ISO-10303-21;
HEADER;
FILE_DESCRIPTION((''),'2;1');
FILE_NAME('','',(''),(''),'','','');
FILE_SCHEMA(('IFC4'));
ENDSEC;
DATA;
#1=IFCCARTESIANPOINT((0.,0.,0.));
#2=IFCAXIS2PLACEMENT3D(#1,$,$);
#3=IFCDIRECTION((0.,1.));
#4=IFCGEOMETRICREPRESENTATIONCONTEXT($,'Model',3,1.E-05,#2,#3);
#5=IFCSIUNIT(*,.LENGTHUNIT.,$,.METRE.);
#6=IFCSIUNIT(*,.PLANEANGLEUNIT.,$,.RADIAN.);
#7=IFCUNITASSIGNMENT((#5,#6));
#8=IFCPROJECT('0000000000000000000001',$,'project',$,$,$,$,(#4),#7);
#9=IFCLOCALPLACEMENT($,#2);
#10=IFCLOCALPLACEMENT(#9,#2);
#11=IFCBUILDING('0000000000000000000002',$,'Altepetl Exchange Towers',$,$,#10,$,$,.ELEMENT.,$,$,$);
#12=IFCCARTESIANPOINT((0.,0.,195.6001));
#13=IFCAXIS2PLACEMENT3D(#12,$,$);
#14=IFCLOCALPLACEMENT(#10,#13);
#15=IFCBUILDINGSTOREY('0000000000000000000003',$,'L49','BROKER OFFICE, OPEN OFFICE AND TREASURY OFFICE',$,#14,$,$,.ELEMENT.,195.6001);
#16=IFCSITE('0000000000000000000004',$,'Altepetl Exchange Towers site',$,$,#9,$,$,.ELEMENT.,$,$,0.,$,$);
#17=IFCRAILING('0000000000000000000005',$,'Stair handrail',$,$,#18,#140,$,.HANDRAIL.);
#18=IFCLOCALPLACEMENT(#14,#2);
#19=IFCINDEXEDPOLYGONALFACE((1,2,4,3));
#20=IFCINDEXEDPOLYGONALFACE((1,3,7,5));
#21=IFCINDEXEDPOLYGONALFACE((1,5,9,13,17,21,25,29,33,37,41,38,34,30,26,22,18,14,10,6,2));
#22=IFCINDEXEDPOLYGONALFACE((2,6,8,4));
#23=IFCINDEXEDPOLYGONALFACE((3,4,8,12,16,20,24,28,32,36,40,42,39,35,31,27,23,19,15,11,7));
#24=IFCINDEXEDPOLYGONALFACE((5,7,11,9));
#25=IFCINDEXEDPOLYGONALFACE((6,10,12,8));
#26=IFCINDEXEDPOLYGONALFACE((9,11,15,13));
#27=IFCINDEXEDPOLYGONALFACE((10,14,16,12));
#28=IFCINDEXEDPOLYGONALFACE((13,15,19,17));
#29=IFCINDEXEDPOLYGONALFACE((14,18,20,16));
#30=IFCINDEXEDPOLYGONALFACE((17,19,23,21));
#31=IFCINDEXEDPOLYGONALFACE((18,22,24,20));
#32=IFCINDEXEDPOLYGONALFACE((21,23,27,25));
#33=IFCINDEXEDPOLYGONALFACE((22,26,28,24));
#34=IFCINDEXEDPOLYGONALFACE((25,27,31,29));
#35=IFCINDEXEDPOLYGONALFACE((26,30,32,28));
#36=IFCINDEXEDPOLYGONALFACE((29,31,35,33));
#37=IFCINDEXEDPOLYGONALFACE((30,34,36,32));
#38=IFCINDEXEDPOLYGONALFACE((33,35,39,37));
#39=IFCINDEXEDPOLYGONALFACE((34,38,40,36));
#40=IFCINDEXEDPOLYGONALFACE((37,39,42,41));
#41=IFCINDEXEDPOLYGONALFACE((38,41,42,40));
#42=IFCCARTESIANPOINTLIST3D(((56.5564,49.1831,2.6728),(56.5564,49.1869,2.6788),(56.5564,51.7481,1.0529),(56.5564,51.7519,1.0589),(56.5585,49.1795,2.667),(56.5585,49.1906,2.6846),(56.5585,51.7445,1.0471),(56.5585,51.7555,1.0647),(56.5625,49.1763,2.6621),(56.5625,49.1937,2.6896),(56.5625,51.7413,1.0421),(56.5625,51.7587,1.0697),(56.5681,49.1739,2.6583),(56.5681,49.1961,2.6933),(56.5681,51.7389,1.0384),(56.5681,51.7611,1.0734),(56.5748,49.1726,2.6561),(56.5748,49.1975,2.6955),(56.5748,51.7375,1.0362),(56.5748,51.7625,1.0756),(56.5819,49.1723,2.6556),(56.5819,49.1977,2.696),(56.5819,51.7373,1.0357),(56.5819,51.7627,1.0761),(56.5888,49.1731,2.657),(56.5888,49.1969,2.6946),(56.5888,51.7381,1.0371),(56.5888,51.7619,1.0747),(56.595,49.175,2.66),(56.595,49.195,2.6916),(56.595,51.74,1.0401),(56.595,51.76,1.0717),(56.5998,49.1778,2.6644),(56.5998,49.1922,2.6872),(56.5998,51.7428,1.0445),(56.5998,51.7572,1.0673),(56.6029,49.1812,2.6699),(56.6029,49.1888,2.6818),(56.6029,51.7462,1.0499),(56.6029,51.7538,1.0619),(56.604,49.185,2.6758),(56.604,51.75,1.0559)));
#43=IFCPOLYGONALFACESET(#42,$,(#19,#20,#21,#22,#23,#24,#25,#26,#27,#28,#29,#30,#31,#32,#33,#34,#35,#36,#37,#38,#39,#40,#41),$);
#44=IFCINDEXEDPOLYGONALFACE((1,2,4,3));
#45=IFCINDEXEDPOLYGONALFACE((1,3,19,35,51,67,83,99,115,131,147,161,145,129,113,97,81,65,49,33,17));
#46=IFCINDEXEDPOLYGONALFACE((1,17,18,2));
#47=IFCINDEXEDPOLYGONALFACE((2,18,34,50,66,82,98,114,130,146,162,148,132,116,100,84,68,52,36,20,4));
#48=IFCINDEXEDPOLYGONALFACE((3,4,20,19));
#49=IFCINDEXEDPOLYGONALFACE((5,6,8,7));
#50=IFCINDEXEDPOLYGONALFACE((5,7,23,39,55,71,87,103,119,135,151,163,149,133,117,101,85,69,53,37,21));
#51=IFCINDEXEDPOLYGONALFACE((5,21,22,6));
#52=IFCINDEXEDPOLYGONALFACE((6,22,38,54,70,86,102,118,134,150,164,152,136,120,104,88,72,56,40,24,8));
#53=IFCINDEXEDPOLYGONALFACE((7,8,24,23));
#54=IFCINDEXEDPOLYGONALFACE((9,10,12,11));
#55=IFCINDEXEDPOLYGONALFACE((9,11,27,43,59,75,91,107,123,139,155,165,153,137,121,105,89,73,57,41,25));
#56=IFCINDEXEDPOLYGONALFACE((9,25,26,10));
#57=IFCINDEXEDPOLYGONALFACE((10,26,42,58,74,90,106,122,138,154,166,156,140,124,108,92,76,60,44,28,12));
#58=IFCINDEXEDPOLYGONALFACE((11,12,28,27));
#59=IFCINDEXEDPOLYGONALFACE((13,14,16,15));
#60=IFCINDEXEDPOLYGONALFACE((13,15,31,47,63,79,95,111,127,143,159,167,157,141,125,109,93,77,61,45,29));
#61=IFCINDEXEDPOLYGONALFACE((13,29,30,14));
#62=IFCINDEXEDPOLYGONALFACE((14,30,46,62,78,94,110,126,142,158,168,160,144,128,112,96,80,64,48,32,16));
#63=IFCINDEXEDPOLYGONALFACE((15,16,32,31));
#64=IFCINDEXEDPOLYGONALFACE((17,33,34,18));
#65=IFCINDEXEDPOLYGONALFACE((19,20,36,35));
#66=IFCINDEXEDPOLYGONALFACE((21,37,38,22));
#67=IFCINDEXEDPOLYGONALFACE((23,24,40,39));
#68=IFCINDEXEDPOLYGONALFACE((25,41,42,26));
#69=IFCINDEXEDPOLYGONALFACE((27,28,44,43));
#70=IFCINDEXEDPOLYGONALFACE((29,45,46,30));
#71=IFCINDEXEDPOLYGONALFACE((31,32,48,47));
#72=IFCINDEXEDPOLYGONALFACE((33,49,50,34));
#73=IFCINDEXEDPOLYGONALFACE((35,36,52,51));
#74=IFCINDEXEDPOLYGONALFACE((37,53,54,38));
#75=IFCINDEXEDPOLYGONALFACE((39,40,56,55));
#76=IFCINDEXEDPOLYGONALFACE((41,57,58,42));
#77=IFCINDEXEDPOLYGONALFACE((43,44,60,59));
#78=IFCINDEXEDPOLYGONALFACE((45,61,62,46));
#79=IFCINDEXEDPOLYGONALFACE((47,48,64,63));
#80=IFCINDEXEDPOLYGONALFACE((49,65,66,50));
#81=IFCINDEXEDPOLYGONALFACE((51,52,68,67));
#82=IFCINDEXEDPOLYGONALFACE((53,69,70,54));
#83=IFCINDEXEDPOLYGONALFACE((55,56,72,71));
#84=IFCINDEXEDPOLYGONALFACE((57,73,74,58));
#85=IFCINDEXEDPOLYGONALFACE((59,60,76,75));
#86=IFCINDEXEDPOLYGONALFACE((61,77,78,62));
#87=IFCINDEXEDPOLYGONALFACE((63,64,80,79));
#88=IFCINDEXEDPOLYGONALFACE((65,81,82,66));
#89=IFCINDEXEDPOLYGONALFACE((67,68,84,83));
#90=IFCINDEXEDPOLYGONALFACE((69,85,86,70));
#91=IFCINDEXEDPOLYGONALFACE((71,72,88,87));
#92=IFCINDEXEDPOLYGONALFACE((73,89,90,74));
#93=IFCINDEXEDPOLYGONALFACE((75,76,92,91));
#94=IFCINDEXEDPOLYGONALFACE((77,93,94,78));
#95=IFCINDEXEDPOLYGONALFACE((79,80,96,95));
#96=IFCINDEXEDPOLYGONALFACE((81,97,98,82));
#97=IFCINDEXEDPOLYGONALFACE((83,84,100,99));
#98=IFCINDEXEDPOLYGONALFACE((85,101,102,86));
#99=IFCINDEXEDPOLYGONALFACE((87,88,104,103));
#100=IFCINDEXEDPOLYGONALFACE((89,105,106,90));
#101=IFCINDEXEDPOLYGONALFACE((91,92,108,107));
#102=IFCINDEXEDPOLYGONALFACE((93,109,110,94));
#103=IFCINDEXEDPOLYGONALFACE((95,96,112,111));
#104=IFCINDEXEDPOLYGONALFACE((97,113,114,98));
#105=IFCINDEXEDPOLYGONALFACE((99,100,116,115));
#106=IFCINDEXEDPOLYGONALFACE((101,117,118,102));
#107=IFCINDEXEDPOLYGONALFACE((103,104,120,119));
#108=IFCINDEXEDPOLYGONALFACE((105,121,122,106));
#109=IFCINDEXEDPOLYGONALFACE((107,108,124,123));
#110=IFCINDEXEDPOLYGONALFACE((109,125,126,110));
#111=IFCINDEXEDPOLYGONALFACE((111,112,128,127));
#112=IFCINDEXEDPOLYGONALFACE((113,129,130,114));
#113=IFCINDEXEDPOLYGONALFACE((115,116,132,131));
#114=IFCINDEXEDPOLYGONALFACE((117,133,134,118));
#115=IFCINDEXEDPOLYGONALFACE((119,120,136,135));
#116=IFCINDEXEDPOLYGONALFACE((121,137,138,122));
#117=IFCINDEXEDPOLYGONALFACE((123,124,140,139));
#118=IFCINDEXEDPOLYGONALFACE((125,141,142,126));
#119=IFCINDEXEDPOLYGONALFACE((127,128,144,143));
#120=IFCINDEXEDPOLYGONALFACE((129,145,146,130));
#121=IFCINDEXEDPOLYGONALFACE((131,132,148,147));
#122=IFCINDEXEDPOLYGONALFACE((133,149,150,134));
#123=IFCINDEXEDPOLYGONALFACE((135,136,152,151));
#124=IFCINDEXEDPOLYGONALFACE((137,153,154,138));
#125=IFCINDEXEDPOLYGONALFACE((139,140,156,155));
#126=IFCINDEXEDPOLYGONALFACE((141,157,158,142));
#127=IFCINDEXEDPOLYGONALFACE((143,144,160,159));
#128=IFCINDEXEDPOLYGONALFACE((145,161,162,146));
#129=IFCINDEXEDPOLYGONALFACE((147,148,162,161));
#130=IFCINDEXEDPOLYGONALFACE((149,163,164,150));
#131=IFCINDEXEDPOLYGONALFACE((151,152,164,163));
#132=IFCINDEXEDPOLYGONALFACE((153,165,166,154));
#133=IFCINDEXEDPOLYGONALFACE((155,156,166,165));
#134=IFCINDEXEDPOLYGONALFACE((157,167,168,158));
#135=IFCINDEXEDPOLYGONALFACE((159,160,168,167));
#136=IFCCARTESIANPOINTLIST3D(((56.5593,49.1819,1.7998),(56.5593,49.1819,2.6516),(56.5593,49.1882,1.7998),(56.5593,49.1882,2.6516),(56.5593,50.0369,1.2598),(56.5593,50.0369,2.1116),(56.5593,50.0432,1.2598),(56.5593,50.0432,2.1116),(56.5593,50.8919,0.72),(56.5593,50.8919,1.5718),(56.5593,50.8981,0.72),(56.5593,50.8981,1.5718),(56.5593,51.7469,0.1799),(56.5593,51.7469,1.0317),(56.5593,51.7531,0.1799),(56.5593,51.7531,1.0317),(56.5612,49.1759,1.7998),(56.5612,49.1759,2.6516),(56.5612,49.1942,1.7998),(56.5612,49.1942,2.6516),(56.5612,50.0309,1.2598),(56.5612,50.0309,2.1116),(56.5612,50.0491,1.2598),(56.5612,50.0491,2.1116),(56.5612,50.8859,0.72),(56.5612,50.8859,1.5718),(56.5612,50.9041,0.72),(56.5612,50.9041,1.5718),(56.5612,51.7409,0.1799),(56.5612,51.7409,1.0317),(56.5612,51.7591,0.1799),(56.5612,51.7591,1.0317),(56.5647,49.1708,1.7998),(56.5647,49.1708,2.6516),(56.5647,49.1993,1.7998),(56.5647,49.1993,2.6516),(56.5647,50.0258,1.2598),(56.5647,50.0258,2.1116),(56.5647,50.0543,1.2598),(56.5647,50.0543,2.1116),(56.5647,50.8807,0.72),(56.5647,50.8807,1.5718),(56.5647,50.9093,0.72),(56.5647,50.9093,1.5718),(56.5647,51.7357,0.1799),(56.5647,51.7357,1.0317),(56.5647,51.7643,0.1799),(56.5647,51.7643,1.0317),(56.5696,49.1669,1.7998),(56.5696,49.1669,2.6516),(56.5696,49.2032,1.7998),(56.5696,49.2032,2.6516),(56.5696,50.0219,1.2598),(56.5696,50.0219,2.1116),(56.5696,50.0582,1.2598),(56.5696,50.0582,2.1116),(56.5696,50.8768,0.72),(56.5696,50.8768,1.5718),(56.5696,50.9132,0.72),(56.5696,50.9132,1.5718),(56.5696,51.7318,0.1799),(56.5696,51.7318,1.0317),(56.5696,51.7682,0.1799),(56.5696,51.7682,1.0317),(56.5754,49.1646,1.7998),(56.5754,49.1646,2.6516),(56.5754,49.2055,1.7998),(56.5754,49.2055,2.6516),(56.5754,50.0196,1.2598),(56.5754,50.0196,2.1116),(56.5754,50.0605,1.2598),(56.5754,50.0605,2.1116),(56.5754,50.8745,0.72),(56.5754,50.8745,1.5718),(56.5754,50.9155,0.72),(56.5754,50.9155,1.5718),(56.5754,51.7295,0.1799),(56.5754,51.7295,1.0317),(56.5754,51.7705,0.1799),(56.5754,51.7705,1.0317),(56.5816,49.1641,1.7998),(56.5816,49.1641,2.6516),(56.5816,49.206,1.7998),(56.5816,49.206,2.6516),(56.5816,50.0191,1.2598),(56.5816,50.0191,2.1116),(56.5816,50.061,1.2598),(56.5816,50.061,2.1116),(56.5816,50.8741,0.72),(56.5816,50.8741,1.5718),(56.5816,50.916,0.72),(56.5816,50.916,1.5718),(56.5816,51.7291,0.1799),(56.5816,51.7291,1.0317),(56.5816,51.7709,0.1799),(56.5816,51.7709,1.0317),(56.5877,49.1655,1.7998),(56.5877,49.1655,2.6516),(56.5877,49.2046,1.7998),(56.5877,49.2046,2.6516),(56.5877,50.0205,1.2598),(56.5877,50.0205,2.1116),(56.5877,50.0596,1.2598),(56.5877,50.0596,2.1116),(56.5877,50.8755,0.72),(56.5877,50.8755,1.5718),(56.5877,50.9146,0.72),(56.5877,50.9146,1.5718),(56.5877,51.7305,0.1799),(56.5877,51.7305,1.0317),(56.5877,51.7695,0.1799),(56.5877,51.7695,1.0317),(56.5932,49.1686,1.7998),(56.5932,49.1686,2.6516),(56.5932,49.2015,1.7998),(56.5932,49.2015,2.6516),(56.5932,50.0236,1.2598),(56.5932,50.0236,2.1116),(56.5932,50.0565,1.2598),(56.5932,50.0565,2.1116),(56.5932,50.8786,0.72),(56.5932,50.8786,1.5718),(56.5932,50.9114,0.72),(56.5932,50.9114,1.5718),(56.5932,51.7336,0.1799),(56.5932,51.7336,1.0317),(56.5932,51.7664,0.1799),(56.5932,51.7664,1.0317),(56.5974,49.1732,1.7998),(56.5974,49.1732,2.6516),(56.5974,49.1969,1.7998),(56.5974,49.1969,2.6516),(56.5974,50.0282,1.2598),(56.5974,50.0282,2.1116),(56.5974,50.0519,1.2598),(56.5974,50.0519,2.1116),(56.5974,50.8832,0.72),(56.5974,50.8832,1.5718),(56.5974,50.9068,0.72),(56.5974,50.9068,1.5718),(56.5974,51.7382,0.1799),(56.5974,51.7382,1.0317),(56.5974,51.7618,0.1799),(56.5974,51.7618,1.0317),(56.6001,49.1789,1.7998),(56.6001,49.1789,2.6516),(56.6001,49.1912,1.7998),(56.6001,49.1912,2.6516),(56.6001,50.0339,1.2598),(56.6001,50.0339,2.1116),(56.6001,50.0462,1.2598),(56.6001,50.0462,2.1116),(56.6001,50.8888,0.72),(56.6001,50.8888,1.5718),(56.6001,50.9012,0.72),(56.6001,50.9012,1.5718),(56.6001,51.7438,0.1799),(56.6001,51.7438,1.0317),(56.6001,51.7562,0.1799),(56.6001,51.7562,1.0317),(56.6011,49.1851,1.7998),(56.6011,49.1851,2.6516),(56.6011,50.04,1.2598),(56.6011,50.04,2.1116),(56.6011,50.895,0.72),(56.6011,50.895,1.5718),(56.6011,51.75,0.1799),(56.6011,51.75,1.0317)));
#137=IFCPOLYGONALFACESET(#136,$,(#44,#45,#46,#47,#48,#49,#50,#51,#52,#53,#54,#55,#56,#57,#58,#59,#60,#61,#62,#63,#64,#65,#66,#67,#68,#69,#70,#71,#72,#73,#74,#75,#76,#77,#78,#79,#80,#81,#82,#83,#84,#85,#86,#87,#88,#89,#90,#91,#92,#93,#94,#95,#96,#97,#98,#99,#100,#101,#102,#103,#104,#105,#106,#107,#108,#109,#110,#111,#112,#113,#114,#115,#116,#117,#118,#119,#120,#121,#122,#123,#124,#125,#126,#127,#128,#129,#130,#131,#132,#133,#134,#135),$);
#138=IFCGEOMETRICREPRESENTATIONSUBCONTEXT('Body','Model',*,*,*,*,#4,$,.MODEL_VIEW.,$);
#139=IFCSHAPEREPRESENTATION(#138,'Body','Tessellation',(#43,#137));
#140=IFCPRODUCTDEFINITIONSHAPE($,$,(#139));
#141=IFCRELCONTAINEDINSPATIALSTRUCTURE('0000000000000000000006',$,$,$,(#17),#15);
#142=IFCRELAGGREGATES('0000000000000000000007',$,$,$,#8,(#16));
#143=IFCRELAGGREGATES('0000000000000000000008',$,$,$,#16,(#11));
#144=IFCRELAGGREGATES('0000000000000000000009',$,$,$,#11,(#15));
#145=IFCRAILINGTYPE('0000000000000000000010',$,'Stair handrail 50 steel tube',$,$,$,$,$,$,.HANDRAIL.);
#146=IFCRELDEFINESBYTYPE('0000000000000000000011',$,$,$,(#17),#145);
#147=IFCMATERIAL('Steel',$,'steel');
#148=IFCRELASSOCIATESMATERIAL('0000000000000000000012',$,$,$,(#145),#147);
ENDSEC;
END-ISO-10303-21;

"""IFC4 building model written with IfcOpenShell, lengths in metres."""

from ifc_helpers import new_model, si_unit, direction, frame, origin, origin_2d, place, context, subcontext, project, spatial, circle, extrude, source, transform, mapped, material, type_object, element, save


model = new_model("IFC4")

# Units and contexts
model_context = context("Model", 3, precision=1e-05, world=origin(), true_north=direction((0.0, 1.0)))
body_context = subcontext(model_context, "Body", "Model", "MODEL_VIEW")
ifc_project = project(units=[si_unit("LENGTHUNIT", "METRE"), si_unit("PLANEANGLEUNIT", "RADIAN")], contexts=[model_context])

# Site, building, storey
site_placement = place(None, origin())
site = spatial("IfcSite", under=ifc_project, at=site_placement, Name="Altepetl Exchange Towers site", CompositionType="ELEMENT", RefElevation=0.0)
building_placement = place(site_placement, origin())
building = spatial("IfcBuilding", under=site, at=building_placement, Name="Altepetl Exchange Towers", CompositionType="ELEMENT")
storey_placement = place(building_placement, frame((0.0, 0.0, 195.6001)))
storey = spatial("IfcBuildingStorey", under=building, at=storey_placement, Name="L49", Description="BROKER OFFICE, OPEN OFFICE AND TREASURY OFFICE", CompositionType="ELEMENT", Elevation=195.6001)

# Railing
ifc_material_1 = material(Name="Steel", Category="steel")
railing_type = type_object("IfcRailingType", Name="Stair handrail 50 steel tube", PredefinedType="HANDRAIL", material=ifc_material_1)
shared_shape = source(origin(), body_context, "Body", "SweptSolid", [
    extrude(circle(Radius=0.021, at=origin_2d()), origin(), (0.0, 0.0, 1.0), 0.8518),
])
railing_placement = place(storey_placement, frame((56.5801, 51.75, 0.1799)))
element("IfcRailing", 1, at=railing_placement, inside=storey, type_object=railing_type, Name="Stair handrail", PredefinedType="HANDRAIL", context=body_context, shape_type="SweptSolid", body=[
    extrude(circle(Radius=0.0239, at=origin_2d()), frame((0.0, 0.0, 0.876), z_axis=(0.0, -0.845502, 0.533972), x_axis=(1.0, 0.0, 0.0)), (0.0, 0.0, 1.0), 3.0337),
    mapped(shared_shape, transform((0.0, 0.0, 0.0))),
    mapped(shared_shape, transform((0.0, -0.855, 0.54))),
    mapped(shared_shape, transform((0.0, -1.71, 1.0798))),
    mapped(shared_shape, transform((0.0, -2.5649, 1.6199))),
])

save(model, "model.ifc")
